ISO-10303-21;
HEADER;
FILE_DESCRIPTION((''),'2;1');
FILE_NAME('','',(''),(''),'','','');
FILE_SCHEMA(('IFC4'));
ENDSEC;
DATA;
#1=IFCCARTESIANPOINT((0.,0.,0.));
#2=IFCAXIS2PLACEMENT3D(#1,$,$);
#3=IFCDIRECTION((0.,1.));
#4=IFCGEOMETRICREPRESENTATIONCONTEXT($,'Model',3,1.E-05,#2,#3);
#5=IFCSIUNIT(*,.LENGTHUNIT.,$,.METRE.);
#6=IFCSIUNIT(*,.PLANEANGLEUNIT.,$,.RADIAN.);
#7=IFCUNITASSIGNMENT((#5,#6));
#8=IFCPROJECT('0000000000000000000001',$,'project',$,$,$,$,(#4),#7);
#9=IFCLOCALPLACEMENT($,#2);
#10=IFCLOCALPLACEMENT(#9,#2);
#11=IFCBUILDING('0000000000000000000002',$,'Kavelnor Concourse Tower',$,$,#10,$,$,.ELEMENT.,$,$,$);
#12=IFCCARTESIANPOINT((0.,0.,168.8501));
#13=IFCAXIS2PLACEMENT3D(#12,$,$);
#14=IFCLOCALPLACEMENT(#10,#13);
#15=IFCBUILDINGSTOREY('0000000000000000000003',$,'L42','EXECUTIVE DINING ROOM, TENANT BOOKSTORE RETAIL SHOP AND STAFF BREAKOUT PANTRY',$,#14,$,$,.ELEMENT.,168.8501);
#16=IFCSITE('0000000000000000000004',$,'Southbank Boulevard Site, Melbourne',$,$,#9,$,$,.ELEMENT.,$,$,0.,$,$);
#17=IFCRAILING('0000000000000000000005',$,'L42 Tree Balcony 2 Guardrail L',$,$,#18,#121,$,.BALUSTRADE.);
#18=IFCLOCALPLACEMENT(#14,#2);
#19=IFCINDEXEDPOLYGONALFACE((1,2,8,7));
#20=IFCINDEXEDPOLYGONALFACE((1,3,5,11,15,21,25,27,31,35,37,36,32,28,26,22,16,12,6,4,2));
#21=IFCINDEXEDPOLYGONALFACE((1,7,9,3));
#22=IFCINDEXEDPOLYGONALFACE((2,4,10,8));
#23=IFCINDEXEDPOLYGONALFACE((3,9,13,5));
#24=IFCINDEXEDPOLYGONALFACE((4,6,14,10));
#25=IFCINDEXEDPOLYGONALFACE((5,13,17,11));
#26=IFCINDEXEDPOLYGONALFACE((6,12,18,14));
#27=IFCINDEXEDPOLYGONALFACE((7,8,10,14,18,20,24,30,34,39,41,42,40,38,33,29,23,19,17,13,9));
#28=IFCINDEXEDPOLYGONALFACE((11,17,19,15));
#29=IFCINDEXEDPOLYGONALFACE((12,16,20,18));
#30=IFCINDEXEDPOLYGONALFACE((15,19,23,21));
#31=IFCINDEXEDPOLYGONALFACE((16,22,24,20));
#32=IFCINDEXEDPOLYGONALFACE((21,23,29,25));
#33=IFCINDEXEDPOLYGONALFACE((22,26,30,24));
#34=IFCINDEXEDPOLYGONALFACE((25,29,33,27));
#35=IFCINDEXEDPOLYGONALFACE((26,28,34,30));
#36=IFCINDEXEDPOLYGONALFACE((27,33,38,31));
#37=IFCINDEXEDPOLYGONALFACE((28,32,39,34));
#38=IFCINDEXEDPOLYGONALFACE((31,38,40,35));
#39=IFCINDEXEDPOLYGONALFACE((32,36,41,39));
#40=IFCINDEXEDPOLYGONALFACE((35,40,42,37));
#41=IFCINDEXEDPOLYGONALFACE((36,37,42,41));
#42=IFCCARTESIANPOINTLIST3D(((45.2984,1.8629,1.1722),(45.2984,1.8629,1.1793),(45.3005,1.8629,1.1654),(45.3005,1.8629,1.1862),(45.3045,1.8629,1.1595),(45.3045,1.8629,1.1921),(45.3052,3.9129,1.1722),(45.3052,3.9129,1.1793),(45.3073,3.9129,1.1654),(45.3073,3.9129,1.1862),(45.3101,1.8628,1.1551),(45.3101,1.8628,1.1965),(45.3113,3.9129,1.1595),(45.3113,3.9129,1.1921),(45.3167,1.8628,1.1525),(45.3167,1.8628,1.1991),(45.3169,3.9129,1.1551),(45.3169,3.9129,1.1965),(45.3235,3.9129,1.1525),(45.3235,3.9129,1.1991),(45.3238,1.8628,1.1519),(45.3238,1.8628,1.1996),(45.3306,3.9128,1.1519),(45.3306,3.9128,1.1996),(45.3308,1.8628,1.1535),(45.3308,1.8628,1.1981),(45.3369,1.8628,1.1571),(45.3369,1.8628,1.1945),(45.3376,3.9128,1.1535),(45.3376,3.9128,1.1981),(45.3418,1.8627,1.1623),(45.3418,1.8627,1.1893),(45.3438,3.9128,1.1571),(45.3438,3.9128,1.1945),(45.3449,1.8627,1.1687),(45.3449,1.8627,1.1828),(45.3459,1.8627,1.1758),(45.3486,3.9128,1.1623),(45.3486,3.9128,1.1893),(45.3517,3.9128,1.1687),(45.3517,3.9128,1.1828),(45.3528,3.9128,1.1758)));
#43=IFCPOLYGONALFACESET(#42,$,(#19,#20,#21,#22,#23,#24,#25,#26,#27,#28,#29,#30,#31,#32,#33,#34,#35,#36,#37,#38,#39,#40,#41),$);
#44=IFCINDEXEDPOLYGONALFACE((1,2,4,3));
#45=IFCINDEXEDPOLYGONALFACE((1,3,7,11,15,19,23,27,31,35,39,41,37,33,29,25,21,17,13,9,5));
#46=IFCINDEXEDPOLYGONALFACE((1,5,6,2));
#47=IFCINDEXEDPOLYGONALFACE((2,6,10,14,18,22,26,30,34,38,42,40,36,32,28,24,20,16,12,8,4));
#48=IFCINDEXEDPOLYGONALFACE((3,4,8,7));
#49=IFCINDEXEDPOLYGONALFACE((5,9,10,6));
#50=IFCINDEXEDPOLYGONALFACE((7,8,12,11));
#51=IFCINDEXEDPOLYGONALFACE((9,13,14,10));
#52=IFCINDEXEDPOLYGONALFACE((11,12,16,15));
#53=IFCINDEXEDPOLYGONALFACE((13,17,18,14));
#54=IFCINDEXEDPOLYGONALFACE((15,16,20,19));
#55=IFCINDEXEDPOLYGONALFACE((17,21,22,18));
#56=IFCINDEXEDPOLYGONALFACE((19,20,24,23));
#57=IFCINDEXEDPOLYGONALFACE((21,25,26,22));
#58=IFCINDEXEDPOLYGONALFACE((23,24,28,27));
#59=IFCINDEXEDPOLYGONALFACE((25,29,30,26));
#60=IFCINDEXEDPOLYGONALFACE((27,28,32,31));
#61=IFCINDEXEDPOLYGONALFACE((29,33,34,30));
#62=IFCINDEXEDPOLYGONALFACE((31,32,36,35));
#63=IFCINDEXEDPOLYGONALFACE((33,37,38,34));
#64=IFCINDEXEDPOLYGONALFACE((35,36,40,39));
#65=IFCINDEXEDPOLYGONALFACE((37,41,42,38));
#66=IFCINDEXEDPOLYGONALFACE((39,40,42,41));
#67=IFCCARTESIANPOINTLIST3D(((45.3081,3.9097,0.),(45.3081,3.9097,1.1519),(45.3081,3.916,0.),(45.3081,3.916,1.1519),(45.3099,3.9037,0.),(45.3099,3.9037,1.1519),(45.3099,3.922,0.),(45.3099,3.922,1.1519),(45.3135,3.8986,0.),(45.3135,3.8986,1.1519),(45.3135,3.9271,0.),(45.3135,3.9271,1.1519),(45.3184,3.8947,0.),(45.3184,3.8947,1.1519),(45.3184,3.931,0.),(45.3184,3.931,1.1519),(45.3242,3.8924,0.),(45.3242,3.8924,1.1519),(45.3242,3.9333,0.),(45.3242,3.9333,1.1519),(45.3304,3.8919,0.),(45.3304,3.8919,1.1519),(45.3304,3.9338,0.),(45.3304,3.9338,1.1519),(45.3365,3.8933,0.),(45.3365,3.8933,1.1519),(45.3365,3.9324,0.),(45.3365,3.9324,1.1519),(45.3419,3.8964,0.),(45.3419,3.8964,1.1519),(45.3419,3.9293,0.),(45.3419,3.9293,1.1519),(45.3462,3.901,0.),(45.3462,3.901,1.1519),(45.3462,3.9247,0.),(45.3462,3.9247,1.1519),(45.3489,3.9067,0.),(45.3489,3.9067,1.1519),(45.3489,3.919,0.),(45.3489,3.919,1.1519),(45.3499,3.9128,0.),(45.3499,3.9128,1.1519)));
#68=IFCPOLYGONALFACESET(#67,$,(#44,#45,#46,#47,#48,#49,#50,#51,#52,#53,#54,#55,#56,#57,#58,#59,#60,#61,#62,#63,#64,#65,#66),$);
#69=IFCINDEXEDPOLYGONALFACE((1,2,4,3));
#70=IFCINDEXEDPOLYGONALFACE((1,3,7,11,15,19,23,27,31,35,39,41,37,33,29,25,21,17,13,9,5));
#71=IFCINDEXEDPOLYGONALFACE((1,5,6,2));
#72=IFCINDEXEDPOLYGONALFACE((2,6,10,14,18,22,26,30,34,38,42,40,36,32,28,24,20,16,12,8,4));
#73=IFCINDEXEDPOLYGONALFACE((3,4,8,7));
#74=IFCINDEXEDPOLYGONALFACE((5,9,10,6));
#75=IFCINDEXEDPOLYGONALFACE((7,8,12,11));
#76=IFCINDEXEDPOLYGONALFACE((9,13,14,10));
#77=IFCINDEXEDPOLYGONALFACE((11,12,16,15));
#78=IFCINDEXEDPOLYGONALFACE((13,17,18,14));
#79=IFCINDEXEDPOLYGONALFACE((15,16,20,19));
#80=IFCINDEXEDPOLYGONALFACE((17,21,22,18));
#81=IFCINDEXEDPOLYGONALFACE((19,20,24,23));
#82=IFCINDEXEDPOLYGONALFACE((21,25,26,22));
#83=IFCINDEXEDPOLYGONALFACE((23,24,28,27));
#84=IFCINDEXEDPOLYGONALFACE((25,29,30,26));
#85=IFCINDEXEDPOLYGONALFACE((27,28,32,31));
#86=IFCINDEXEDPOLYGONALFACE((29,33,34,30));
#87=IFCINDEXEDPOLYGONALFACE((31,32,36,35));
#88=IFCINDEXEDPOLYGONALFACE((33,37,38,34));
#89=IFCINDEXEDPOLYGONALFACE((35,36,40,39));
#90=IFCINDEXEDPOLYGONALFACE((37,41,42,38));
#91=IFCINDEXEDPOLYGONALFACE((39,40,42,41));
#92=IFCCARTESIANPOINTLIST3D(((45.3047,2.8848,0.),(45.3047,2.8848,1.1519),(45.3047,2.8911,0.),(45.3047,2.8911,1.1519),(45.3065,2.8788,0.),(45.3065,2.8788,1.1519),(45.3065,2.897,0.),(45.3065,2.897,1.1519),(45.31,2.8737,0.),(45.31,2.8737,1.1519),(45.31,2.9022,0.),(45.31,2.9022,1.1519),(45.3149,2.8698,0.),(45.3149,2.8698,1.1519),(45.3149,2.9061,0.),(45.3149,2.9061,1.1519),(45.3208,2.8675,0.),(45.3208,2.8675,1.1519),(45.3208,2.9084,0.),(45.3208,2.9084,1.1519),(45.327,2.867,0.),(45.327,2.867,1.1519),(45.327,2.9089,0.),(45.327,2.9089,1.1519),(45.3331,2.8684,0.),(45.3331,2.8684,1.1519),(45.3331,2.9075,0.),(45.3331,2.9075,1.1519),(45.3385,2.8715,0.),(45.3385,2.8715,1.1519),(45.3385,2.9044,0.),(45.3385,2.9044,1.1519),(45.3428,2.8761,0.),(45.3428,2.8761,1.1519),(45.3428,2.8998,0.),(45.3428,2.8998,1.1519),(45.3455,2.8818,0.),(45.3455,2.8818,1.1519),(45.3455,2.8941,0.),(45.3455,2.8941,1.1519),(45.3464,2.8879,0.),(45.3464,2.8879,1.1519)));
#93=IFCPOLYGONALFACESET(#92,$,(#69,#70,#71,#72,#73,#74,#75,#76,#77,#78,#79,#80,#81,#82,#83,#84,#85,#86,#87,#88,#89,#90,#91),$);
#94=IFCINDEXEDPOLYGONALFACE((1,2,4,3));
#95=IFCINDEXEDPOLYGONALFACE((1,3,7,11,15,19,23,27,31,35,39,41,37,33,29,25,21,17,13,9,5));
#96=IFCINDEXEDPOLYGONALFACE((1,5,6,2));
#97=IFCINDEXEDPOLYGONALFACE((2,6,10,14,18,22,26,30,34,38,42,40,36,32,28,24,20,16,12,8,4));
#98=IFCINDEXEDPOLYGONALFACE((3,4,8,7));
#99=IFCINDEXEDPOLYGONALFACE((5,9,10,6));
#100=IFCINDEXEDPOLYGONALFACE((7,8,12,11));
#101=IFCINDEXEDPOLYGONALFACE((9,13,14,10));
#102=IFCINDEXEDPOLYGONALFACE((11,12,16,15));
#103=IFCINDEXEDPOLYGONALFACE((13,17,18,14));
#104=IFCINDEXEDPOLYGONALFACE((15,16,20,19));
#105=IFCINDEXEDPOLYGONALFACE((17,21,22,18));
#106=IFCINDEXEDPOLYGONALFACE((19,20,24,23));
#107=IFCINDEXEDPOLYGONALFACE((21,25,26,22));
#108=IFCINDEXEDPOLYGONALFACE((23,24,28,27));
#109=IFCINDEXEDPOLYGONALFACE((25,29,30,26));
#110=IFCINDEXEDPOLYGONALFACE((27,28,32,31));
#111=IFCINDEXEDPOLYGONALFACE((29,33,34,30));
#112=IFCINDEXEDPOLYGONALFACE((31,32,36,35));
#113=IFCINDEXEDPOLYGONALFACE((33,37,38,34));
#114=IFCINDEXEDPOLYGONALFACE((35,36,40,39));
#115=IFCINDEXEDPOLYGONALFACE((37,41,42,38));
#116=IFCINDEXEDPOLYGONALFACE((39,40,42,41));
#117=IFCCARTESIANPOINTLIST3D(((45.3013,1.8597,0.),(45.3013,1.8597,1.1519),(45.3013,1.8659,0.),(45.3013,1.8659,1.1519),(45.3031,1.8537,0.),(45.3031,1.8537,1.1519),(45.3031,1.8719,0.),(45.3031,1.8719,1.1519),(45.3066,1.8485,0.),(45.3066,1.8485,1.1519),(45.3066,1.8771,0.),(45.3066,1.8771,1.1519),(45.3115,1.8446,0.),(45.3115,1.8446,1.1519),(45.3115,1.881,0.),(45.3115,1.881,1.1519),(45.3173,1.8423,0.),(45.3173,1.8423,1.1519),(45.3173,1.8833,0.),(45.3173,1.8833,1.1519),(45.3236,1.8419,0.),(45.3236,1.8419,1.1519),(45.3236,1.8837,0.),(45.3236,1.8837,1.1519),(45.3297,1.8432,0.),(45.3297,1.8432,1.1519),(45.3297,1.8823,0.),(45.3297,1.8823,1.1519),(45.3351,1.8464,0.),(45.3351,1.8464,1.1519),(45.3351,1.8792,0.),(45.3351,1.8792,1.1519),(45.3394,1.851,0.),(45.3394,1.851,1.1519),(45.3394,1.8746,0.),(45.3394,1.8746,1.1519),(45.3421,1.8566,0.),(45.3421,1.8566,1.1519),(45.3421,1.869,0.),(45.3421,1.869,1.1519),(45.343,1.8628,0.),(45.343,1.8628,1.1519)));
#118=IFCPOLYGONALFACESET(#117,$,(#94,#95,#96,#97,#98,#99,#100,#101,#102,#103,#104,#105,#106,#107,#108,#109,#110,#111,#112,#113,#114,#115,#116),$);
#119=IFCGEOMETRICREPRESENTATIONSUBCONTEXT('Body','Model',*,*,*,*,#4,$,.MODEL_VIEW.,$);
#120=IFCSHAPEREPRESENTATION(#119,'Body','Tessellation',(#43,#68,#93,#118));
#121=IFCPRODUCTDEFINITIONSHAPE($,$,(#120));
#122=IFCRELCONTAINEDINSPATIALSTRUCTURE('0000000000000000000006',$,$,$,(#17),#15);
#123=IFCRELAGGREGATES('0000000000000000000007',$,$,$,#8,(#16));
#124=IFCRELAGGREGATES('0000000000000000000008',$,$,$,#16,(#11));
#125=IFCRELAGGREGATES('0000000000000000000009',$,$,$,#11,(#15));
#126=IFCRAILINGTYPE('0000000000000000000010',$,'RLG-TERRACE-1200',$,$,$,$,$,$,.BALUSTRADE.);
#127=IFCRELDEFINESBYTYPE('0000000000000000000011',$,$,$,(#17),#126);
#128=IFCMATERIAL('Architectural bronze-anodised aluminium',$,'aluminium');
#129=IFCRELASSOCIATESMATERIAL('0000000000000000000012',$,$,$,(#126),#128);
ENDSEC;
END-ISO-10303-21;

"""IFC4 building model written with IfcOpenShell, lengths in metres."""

from ifc_helpers import new_model, si_unit, direction, frame, origin, origin_2d, place, context, subcontext, project, spatial, circle, extrude, material, type_object, element, save


model = new_model("IFC4")

# Units and contexts
model_context = context("Model", 3, precision=1e-05, world=origin(), true_north=direction((0.0, 1.0)))
body_context = subcontext(model_context, "Body", "Model", "MODEL_VIEW")
ifc_project = project(units=[si_unit("LENGTHUNIT", "METRE"), si_unit("PLANEANGLEUNIT", "RADIAN")], contexts=[model_context])

# Site, building, storey
site_placement = place(None, origin())
site = spatial("IfcSite", under=ifc_project, at=site_placement, Name="Southbank Boulevard Site, Melbourne", CompositionType="ELEMENT", RefElevation=0.0)
building_placement = place(site_placement, origin())
building = spatial("IfcBuilding", under=site, at=building_placement, Name="Kavelnor Concourse Tower", CompositionType="ELEMENT")
storey_placement = place(building_placement, frame((0.0, 0.0, 168.8501)))
storey = spatial("IfcBuildingStorey", under=building, at=storey_placement, Name="L42", Description="EXECUTIVE DINING ROOM, TENANT BOOKSTORE RETAIL SHOP AND STAFF BREAKOUT PANTRY", CompositionType="ELEMENT", Elevation=168.8501)

# Railing
ifc_material_1 = material(Name="Architectural bronze-anodised aluminium", Category="aluminium")
railing_type_1 = type_object("IfcRailingType", Name="RLG-TERRACE-1200", PredefinedType="BALUSTRADE", material=ifc_material_1)
railing_1_placement = place(storey_placement, frame((45.3289, 3.9128, 0.0)))
element("IfcRailing", 1, at=railing_1_placement, inside=storey, type_object=railing_type_1, Name="L42 Tree Balcony 2 Guardrail L", PredefinedType="BALUSTRADE", context=body_context, shape_type="SweptSolid", body=[
    extrude(circle(Radius=0.0239, at=origin_2d()), frame((0.0, 0.0, 1.1758), z_axis=(-0.003335, -0.999994, 0.0), x_axis=(0.999994, -0.003335, 0.0)), (0.0, 0.0, 1.0), 2.05),
    extrude(circle(Radius=0.021, at=origin_2d()), origin(), (0.0, 0.0, 1.0), 1.1519),
    extrude(circle(Radius=0.021, at=origin_2d()), frame((-0.0034, -1.0249, 0.0)), (0.0, 0.0, 1.0), 1.1519),
    extrude(circle(Radius=0.021, at=origin_2d()), frame((-0.0068, -2.05, 0.0)), (0.0, 0.0, 1.0), 1.1519),
])

save(model, "model.ifc")
